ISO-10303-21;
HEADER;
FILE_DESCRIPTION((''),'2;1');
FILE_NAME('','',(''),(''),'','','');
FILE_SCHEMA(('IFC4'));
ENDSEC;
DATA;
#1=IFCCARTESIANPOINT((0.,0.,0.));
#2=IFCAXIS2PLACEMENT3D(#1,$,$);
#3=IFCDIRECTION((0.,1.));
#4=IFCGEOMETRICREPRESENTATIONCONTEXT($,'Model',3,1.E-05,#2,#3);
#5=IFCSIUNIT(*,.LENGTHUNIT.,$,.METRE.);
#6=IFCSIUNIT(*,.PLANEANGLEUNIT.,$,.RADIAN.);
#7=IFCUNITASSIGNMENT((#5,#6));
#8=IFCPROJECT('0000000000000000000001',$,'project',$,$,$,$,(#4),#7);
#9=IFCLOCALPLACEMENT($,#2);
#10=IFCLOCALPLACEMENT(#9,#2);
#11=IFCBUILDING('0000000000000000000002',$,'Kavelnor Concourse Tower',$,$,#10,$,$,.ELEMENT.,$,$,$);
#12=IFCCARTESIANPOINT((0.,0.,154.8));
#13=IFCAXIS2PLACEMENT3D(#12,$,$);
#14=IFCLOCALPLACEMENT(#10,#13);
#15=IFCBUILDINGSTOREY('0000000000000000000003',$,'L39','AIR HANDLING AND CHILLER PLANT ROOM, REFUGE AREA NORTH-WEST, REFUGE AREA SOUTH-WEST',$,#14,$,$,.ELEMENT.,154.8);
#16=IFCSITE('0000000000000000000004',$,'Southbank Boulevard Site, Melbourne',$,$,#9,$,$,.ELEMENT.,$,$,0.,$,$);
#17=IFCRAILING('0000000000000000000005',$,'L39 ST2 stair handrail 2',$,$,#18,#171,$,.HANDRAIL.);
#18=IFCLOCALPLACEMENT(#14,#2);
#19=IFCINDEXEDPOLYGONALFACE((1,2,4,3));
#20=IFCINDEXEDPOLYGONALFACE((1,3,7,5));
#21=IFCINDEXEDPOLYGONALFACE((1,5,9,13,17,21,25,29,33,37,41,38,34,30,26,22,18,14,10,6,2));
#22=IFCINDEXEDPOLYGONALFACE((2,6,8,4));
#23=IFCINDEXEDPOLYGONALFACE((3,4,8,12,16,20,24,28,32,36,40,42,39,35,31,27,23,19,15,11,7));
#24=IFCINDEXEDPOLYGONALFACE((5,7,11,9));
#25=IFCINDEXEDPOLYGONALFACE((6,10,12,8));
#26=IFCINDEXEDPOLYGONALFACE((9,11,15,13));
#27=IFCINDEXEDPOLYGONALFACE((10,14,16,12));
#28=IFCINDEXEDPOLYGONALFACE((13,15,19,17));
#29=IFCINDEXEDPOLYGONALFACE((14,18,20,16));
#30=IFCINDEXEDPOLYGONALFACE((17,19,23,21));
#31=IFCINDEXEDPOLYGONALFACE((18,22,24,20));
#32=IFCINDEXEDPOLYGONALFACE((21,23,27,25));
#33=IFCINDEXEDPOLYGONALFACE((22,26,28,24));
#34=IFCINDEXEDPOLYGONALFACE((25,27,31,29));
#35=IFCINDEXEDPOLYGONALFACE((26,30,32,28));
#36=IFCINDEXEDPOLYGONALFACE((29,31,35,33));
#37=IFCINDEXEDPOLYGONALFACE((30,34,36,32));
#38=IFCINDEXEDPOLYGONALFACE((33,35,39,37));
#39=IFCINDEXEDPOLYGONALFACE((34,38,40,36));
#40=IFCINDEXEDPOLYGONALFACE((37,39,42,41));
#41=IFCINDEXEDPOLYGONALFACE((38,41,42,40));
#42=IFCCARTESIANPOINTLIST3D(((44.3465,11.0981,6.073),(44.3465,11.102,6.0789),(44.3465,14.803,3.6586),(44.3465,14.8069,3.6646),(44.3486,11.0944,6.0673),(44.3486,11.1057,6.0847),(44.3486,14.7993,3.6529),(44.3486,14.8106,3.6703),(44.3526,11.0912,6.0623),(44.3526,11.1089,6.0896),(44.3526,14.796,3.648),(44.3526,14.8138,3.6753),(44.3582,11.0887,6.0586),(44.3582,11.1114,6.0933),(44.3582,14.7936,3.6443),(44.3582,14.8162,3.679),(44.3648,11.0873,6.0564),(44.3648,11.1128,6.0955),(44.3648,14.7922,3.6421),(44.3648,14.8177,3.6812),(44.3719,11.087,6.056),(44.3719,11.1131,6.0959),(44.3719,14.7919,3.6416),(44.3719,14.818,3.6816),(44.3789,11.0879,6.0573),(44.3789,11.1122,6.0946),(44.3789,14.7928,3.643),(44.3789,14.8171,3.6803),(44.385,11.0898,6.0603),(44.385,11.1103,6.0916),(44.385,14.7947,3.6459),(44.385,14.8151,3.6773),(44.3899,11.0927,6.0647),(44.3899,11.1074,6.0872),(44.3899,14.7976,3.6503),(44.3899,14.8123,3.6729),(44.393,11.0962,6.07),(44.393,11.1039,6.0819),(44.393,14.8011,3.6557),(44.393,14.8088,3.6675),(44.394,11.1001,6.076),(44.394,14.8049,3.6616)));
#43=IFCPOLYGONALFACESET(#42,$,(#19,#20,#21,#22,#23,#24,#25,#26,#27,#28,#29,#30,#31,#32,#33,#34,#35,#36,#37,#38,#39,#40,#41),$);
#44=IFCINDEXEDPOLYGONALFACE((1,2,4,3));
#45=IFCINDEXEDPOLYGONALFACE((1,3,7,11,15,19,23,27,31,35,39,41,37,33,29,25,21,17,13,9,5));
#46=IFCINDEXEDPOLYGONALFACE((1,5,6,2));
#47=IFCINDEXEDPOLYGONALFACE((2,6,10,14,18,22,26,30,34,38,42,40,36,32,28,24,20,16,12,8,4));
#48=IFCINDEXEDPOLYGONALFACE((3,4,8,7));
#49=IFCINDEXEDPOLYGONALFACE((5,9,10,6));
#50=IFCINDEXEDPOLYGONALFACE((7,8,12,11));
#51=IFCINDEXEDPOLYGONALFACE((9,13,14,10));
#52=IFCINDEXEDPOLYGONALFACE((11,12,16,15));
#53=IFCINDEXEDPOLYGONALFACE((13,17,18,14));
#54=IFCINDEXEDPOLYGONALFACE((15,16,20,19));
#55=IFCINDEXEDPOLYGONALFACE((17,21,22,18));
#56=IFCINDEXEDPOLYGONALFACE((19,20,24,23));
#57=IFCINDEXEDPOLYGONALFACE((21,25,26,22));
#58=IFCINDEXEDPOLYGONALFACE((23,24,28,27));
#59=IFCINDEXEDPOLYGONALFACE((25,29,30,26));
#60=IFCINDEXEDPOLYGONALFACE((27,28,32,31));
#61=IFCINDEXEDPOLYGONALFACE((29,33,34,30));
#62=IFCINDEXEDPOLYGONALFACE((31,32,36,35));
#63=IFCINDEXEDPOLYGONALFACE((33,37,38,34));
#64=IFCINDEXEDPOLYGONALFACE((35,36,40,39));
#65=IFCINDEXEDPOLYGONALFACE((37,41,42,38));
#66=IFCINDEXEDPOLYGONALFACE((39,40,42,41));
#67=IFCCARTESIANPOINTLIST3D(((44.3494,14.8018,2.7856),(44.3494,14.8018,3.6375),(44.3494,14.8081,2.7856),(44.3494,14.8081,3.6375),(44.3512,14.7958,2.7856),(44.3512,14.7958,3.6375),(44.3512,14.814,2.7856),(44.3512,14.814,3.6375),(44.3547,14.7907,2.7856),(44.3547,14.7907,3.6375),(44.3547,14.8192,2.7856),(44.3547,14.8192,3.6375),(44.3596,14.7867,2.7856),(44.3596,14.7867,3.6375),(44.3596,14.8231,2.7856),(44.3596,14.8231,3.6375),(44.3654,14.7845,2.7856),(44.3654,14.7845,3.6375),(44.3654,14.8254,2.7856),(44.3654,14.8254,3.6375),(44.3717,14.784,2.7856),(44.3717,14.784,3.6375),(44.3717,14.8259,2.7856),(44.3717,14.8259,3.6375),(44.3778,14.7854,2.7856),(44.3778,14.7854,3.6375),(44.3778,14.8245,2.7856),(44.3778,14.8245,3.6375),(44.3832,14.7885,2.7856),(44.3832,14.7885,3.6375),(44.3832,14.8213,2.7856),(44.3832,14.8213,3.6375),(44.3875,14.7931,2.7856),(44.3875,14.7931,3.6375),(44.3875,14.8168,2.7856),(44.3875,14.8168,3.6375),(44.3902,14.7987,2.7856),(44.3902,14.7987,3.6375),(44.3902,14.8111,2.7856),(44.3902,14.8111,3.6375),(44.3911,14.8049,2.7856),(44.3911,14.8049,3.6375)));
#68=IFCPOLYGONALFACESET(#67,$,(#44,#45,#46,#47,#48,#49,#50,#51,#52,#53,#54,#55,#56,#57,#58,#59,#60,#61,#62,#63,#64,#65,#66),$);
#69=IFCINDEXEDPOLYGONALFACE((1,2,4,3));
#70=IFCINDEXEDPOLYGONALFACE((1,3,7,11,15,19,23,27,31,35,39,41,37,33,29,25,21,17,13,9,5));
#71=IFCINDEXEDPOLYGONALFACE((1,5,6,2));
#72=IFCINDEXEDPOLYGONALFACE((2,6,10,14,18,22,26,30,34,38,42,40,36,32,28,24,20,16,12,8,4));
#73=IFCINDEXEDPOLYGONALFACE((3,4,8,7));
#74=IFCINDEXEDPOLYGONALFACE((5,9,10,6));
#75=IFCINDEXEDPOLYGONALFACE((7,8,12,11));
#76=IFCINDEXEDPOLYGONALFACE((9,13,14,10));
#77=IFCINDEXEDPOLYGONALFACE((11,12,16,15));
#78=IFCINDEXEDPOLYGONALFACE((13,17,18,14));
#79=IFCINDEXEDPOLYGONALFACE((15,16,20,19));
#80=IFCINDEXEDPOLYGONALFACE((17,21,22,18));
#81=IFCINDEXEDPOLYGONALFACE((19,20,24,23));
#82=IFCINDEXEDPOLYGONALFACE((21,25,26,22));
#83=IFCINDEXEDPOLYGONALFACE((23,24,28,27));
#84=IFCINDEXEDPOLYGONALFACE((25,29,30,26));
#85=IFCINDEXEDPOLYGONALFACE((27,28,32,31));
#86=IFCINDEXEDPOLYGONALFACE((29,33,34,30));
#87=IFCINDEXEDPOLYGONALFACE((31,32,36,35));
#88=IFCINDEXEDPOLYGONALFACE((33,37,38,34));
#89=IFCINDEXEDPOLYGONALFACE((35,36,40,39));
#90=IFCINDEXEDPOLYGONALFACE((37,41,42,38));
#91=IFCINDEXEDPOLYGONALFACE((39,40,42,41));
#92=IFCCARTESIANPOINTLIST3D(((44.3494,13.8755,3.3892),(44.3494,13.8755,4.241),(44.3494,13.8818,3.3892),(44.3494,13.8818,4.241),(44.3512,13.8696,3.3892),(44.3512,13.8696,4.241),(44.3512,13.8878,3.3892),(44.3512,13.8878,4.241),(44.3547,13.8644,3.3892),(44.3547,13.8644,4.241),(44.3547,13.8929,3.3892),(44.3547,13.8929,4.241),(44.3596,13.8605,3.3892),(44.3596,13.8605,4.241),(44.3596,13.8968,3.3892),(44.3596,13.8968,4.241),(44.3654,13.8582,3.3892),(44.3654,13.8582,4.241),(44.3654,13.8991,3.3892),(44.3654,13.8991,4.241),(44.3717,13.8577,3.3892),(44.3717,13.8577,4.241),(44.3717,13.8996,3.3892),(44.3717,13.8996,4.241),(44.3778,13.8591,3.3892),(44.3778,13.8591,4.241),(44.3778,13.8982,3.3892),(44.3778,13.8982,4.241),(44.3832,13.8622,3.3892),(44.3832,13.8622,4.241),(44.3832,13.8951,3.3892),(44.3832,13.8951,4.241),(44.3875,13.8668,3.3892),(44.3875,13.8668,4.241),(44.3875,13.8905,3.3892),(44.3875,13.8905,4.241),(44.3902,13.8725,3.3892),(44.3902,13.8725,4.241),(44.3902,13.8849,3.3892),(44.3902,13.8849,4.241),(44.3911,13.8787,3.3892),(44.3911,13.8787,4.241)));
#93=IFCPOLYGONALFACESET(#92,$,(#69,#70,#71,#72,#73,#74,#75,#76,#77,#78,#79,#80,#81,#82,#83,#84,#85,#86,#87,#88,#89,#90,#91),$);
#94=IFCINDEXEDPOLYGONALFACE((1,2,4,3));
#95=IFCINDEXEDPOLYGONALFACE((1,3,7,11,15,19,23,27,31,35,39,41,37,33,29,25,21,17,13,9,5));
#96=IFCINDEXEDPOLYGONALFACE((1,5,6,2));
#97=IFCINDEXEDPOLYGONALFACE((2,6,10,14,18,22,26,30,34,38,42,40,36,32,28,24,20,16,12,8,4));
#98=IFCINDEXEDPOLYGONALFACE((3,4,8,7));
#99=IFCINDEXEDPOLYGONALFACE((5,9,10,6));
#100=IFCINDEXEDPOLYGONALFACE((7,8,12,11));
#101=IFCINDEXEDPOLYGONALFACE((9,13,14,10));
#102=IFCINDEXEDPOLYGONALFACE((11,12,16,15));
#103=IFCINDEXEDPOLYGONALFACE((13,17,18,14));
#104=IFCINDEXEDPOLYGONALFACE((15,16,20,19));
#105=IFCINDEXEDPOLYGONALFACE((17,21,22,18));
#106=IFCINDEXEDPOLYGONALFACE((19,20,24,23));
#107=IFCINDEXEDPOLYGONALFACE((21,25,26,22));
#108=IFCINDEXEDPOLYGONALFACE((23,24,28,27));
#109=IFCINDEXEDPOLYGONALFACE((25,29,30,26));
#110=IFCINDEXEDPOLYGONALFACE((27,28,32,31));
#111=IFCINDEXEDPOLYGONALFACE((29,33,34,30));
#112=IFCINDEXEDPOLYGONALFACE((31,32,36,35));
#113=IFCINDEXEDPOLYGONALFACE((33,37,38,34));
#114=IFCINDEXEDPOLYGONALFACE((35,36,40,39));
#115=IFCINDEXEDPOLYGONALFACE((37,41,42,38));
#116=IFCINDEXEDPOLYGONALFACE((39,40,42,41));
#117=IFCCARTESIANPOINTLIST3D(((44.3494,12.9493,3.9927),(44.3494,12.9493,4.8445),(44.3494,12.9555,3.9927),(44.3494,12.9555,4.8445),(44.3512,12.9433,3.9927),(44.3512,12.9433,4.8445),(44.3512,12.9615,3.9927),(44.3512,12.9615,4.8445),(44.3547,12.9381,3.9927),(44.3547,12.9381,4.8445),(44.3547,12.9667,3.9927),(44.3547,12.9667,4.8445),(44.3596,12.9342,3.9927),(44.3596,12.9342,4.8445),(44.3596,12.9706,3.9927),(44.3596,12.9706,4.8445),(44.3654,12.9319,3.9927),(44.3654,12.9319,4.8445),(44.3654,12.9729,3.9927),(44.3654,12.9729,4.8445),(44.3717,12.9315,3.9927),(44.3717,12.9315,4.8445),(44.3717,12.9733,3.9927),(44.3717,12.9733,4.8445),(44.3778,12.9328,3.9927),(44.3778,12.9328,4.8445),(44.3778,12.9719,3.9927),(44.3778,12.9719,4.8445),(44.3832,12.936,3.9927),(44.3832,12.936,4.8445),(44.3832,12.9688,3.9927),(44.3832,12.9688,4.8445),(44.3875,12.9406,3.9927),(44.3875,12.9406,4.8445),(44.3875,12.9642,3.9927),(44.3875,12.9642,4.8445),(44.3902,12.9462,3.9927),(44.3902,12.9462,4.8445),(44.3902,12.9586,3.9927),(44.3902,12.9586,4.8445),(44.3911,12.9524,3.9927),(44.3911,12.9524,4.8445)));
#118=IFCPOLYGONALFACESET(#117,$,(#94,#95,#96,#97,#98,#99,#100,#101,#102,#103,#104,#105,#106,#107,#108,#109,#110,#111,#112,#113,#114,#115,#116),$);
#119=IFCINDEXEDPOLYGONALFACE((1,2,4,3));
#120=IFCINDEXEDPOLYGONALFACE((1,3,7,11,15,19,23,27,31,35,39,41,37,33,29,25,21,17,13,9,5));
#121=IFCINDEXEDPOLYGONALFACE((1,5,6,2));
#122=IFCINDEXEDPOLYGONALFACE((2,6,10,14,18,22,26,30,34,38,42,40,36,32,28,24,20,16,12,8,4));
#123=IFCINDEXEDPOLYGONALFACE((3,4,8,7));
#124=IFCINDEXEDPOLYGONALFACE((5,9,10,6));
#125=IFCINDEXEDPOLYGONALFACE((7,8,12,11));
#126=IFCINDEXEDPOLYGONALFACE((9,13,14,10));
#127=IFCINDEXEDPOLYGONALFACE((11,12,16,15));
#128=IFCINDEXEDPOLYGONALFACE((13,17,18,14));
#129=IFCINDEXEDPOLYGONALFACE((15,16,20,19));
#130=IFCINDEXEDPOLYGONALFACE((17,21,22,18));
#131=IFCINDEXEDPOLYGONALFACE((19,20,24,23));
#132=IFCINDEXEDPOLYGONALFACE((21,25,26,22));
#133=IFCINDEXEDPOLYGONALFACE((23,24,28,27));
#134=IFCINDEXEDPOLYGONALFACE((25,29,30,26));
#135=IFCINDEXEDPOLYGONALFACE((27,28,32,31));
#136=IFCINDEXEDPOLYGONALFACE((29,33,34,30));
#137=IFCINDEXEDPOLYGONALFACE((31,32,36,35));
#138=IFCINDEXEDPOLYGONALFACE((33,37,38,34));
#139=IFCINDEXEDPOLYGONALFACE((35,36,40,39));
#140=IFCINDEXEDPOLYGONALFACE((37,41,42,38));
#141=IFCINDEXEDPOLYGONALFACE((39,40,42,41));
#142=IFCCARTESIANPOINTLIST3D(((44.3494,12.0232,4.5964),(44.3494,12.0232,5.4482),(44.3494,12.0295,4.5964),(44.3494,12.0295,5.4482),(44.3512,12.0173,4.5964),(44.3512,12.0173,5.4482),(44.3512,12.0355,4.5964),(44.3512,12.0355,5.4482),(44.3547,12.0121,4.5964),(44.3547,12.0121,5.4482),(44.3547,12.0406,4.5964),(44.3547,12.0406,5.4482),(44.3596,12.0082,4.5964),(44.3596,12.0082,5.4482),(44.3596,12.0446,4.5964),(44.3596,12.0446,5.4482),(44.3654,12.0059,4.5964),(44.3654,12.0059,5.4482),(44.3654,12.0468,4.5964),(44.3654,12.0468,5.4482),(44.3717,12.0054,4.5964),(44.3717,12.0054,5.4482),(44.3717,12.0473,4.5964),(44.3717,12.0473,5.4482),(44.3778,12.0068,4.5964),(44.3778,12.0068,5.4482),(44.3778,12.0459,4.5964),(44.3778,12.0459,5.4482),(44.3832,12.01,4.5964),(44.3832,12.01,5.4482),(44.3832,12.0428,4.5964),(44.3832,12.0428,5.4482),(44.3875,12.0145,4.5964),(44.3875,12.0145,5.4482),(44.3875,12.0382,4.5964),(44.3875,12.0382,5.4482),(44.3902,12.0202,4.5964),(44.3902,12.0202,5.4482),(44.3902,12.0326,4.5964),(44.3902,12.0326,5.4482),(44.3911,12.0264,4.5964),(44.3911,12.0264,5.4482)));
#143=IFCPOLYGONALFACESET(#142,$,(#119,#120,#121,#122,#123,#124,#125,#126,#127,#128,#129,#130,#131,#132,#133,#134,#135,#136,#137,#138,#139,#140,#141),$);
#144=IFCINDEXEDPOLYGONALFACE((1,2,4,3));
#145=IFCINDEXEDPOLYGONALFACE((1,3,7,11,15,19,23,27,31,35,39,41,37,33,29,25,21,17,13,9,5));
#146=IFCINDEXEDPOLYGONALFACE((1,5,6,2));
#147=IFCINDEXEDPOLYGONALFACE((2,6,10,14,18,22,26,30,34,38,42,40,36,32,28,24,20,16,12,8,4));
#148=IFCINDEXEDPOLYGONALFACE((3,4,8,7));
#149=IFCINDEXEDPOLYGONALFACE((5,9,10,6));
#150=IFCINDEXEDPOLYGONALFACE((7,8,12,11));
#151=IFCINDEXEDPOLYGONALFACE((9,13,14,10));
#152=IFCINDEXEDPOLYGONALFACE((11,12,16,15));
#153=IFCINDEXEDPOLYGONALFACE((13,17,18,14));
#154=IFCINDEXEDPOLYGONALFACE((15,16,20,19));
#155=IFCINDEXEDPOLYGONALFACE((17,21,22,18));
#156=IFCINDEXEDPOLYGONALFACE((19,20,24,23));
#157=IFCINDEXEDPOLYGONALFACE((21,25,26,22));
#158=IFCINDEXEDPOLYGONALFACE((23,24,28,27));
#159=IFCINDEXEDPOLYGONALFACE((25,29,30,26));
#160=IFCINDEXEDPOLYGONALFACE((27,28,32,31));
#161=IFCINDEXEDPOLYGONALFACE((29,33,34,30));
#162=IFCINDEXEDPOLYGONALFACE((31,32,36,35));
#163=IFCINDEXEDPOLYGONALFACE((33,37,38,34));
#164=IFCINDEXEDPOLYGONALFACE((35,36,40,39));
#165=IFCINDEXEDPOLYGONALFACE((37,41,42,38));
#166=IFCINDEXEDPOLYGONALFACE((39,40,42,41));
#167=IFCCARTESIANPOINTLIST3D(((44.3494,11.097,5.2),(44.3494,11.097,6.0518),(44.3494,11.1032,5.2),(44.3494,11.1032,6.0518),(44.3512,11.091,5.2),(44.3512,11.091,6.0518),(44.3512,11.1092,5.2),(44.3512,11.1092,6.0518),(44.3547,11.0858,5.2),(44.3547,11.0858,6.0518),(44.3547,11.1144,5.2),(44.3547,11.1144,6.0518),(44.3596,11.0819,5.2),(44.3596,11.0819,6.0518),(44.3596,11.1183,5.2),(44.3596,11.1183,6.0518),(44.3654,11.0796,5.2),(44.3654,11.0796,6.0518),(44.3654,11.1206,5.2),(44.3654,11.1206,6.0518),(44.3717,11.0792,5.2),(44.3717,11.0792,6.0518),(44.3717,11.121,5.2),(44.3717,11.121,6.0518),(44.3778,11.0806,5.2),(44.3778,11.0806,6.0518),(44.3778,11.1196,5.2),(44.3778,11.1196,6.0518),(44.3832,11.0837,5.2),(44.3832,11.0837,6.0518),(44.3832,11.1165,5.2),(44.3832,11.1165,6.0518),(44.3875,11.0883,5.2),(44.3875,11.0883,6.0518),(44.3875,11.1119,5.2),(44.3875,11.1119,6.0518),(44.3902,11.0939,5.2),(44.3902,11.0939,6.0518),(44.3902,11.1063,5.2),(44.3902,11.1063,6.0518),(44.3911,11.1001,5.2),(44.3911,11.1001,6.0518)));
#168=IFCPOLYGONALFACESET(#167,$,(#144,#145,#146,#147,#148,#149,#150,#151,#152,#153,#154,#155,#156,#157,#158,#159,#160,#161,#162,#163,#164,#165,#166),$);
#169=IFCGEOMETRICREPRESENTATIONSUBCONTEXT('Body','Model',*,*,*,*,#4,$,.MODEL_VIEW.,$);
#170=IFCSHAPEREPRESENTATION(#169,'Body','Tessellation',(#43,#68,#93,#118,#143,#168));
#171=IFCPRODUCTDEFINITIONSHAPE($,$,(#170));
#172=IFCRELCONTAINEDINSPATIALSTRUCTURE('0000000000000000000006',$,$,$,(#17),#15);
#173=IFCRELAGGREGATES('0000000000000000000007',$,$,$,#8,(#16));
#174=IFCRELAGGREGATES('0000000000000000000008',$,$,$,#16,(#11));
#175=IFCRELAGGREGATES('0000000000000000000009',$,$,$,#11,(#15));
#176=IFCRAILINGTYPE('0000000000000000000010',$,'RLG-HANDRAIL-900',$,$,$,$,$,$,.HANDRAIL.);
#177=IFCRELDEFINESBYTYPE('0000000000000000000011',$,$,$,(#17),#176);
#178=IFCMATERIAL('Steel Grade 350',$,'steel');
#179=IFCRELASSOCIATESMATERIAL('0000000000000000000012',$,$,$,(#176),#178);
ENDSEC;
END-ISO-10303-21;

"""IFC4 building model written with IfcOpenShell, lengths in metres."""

from ifc_helpers import new_model, si_unit, direction, frame, origin, origin_2d, place, context, subcontext, project, spatial, circle, extrude, material, type_object, element, save


model = new_model("IFC4")

# Units and contexts
model_context = context("Model", 3, precision=1e-05, world=origin(), true_north=direction((0.0, 1.0)))
body_context = subcontext(model_context, "Body", "Model", "MODEL_VIEW")
ifc_project = project(units=[si_unit("LENGTHUNIT", "METRE"), si_unit("PLANEANGLEUNIT", "RADIAN")], contexts=[model_context])

# Site, building, storey
site_placement = place(None, origin())
site = spatial("IfcSite", under=ifc_project, at=site_placement, Name="Southbank Boulevard Site, Melbourne", CompositionType="ELEMENT", RefElevation=0.0)
building_placement = place(site_placement, origin())
building = spatial("IfcBuilding", under=site, at=building_placement, Name="Kavelnor Concourse Tower", CompositionType="ELEMENT")
storey_placement = place(building_placement, frame((0.0, 0.0, 154.8)))
storey = spatial("IfcBuildingStorey", under=building, at=storey_placement, Name="L39", Description="AIR HANDLING AND CHILLER PLANT ROOM, REFUGE AREA NORTH-WEST, REFUGE AREA SOUTH-WEST", CompositionType="ELEMENT", Elevation=154.8)

# Shared definitions
ifc_material_1 = material(Name="Steel Grade 350", Category="steel")

# Railing
railing_type_1 = type_object("IfcRailingType", Name="RLG-HANDRAIL-900", PredefinedType="HANDRAIL", material=ifc_material_1)
railing_1_placement = place(storey_placement, frame((44.3701, 14.8049, 2.7856)))
element("IfcRailing", 1, at=railing_1_placement, inside=storey, type_object=railing_type_1, Name="L39 ST2 stair handrail 2", PredefinedType="HANDRAIL", context=body_context, shape_type="SweptSolid", body=[
    extrude(circle(Radius=0.0239, at=origin_2d()), frame((0.0, 0.0, 0.876), z_axis=(0.0, -0.837806, 0.545968), x_axis=(1.0, 0.0, 0.0)), (0.0, 0.0, 1.0), 4.4221),
    extrude(circle(Radius=0.021, at=origin_2d()), origin(), (0.0, 0.0, 1.0), 0.8518),
    extrude(circle(Radius=0.021, at=origin_2d()), frame((0.0, -0.9263, 0.6035)), (0.0, 0.0, 1.0), 0.8518),
    extrude(circle(Radius=0.021, at=origin_2d()), frame((0.0, -1.8525, 1.207)), (0.0, 0.0, 1.0), 0.8518),
    extrude(circle(Radius=0.021, at=origin_2d()), frame((0.0, -2.7786, 1.8108)), (0.0, 0.0, 1.0), 0.8518),
    extrude(circle(Radius=0.021, at=origin_2d()), frame((0.0, -3.7048, 2.4143)), (0.0, 0.0, 1.0), 0.8518),
])

save(model, "model.ifc")
